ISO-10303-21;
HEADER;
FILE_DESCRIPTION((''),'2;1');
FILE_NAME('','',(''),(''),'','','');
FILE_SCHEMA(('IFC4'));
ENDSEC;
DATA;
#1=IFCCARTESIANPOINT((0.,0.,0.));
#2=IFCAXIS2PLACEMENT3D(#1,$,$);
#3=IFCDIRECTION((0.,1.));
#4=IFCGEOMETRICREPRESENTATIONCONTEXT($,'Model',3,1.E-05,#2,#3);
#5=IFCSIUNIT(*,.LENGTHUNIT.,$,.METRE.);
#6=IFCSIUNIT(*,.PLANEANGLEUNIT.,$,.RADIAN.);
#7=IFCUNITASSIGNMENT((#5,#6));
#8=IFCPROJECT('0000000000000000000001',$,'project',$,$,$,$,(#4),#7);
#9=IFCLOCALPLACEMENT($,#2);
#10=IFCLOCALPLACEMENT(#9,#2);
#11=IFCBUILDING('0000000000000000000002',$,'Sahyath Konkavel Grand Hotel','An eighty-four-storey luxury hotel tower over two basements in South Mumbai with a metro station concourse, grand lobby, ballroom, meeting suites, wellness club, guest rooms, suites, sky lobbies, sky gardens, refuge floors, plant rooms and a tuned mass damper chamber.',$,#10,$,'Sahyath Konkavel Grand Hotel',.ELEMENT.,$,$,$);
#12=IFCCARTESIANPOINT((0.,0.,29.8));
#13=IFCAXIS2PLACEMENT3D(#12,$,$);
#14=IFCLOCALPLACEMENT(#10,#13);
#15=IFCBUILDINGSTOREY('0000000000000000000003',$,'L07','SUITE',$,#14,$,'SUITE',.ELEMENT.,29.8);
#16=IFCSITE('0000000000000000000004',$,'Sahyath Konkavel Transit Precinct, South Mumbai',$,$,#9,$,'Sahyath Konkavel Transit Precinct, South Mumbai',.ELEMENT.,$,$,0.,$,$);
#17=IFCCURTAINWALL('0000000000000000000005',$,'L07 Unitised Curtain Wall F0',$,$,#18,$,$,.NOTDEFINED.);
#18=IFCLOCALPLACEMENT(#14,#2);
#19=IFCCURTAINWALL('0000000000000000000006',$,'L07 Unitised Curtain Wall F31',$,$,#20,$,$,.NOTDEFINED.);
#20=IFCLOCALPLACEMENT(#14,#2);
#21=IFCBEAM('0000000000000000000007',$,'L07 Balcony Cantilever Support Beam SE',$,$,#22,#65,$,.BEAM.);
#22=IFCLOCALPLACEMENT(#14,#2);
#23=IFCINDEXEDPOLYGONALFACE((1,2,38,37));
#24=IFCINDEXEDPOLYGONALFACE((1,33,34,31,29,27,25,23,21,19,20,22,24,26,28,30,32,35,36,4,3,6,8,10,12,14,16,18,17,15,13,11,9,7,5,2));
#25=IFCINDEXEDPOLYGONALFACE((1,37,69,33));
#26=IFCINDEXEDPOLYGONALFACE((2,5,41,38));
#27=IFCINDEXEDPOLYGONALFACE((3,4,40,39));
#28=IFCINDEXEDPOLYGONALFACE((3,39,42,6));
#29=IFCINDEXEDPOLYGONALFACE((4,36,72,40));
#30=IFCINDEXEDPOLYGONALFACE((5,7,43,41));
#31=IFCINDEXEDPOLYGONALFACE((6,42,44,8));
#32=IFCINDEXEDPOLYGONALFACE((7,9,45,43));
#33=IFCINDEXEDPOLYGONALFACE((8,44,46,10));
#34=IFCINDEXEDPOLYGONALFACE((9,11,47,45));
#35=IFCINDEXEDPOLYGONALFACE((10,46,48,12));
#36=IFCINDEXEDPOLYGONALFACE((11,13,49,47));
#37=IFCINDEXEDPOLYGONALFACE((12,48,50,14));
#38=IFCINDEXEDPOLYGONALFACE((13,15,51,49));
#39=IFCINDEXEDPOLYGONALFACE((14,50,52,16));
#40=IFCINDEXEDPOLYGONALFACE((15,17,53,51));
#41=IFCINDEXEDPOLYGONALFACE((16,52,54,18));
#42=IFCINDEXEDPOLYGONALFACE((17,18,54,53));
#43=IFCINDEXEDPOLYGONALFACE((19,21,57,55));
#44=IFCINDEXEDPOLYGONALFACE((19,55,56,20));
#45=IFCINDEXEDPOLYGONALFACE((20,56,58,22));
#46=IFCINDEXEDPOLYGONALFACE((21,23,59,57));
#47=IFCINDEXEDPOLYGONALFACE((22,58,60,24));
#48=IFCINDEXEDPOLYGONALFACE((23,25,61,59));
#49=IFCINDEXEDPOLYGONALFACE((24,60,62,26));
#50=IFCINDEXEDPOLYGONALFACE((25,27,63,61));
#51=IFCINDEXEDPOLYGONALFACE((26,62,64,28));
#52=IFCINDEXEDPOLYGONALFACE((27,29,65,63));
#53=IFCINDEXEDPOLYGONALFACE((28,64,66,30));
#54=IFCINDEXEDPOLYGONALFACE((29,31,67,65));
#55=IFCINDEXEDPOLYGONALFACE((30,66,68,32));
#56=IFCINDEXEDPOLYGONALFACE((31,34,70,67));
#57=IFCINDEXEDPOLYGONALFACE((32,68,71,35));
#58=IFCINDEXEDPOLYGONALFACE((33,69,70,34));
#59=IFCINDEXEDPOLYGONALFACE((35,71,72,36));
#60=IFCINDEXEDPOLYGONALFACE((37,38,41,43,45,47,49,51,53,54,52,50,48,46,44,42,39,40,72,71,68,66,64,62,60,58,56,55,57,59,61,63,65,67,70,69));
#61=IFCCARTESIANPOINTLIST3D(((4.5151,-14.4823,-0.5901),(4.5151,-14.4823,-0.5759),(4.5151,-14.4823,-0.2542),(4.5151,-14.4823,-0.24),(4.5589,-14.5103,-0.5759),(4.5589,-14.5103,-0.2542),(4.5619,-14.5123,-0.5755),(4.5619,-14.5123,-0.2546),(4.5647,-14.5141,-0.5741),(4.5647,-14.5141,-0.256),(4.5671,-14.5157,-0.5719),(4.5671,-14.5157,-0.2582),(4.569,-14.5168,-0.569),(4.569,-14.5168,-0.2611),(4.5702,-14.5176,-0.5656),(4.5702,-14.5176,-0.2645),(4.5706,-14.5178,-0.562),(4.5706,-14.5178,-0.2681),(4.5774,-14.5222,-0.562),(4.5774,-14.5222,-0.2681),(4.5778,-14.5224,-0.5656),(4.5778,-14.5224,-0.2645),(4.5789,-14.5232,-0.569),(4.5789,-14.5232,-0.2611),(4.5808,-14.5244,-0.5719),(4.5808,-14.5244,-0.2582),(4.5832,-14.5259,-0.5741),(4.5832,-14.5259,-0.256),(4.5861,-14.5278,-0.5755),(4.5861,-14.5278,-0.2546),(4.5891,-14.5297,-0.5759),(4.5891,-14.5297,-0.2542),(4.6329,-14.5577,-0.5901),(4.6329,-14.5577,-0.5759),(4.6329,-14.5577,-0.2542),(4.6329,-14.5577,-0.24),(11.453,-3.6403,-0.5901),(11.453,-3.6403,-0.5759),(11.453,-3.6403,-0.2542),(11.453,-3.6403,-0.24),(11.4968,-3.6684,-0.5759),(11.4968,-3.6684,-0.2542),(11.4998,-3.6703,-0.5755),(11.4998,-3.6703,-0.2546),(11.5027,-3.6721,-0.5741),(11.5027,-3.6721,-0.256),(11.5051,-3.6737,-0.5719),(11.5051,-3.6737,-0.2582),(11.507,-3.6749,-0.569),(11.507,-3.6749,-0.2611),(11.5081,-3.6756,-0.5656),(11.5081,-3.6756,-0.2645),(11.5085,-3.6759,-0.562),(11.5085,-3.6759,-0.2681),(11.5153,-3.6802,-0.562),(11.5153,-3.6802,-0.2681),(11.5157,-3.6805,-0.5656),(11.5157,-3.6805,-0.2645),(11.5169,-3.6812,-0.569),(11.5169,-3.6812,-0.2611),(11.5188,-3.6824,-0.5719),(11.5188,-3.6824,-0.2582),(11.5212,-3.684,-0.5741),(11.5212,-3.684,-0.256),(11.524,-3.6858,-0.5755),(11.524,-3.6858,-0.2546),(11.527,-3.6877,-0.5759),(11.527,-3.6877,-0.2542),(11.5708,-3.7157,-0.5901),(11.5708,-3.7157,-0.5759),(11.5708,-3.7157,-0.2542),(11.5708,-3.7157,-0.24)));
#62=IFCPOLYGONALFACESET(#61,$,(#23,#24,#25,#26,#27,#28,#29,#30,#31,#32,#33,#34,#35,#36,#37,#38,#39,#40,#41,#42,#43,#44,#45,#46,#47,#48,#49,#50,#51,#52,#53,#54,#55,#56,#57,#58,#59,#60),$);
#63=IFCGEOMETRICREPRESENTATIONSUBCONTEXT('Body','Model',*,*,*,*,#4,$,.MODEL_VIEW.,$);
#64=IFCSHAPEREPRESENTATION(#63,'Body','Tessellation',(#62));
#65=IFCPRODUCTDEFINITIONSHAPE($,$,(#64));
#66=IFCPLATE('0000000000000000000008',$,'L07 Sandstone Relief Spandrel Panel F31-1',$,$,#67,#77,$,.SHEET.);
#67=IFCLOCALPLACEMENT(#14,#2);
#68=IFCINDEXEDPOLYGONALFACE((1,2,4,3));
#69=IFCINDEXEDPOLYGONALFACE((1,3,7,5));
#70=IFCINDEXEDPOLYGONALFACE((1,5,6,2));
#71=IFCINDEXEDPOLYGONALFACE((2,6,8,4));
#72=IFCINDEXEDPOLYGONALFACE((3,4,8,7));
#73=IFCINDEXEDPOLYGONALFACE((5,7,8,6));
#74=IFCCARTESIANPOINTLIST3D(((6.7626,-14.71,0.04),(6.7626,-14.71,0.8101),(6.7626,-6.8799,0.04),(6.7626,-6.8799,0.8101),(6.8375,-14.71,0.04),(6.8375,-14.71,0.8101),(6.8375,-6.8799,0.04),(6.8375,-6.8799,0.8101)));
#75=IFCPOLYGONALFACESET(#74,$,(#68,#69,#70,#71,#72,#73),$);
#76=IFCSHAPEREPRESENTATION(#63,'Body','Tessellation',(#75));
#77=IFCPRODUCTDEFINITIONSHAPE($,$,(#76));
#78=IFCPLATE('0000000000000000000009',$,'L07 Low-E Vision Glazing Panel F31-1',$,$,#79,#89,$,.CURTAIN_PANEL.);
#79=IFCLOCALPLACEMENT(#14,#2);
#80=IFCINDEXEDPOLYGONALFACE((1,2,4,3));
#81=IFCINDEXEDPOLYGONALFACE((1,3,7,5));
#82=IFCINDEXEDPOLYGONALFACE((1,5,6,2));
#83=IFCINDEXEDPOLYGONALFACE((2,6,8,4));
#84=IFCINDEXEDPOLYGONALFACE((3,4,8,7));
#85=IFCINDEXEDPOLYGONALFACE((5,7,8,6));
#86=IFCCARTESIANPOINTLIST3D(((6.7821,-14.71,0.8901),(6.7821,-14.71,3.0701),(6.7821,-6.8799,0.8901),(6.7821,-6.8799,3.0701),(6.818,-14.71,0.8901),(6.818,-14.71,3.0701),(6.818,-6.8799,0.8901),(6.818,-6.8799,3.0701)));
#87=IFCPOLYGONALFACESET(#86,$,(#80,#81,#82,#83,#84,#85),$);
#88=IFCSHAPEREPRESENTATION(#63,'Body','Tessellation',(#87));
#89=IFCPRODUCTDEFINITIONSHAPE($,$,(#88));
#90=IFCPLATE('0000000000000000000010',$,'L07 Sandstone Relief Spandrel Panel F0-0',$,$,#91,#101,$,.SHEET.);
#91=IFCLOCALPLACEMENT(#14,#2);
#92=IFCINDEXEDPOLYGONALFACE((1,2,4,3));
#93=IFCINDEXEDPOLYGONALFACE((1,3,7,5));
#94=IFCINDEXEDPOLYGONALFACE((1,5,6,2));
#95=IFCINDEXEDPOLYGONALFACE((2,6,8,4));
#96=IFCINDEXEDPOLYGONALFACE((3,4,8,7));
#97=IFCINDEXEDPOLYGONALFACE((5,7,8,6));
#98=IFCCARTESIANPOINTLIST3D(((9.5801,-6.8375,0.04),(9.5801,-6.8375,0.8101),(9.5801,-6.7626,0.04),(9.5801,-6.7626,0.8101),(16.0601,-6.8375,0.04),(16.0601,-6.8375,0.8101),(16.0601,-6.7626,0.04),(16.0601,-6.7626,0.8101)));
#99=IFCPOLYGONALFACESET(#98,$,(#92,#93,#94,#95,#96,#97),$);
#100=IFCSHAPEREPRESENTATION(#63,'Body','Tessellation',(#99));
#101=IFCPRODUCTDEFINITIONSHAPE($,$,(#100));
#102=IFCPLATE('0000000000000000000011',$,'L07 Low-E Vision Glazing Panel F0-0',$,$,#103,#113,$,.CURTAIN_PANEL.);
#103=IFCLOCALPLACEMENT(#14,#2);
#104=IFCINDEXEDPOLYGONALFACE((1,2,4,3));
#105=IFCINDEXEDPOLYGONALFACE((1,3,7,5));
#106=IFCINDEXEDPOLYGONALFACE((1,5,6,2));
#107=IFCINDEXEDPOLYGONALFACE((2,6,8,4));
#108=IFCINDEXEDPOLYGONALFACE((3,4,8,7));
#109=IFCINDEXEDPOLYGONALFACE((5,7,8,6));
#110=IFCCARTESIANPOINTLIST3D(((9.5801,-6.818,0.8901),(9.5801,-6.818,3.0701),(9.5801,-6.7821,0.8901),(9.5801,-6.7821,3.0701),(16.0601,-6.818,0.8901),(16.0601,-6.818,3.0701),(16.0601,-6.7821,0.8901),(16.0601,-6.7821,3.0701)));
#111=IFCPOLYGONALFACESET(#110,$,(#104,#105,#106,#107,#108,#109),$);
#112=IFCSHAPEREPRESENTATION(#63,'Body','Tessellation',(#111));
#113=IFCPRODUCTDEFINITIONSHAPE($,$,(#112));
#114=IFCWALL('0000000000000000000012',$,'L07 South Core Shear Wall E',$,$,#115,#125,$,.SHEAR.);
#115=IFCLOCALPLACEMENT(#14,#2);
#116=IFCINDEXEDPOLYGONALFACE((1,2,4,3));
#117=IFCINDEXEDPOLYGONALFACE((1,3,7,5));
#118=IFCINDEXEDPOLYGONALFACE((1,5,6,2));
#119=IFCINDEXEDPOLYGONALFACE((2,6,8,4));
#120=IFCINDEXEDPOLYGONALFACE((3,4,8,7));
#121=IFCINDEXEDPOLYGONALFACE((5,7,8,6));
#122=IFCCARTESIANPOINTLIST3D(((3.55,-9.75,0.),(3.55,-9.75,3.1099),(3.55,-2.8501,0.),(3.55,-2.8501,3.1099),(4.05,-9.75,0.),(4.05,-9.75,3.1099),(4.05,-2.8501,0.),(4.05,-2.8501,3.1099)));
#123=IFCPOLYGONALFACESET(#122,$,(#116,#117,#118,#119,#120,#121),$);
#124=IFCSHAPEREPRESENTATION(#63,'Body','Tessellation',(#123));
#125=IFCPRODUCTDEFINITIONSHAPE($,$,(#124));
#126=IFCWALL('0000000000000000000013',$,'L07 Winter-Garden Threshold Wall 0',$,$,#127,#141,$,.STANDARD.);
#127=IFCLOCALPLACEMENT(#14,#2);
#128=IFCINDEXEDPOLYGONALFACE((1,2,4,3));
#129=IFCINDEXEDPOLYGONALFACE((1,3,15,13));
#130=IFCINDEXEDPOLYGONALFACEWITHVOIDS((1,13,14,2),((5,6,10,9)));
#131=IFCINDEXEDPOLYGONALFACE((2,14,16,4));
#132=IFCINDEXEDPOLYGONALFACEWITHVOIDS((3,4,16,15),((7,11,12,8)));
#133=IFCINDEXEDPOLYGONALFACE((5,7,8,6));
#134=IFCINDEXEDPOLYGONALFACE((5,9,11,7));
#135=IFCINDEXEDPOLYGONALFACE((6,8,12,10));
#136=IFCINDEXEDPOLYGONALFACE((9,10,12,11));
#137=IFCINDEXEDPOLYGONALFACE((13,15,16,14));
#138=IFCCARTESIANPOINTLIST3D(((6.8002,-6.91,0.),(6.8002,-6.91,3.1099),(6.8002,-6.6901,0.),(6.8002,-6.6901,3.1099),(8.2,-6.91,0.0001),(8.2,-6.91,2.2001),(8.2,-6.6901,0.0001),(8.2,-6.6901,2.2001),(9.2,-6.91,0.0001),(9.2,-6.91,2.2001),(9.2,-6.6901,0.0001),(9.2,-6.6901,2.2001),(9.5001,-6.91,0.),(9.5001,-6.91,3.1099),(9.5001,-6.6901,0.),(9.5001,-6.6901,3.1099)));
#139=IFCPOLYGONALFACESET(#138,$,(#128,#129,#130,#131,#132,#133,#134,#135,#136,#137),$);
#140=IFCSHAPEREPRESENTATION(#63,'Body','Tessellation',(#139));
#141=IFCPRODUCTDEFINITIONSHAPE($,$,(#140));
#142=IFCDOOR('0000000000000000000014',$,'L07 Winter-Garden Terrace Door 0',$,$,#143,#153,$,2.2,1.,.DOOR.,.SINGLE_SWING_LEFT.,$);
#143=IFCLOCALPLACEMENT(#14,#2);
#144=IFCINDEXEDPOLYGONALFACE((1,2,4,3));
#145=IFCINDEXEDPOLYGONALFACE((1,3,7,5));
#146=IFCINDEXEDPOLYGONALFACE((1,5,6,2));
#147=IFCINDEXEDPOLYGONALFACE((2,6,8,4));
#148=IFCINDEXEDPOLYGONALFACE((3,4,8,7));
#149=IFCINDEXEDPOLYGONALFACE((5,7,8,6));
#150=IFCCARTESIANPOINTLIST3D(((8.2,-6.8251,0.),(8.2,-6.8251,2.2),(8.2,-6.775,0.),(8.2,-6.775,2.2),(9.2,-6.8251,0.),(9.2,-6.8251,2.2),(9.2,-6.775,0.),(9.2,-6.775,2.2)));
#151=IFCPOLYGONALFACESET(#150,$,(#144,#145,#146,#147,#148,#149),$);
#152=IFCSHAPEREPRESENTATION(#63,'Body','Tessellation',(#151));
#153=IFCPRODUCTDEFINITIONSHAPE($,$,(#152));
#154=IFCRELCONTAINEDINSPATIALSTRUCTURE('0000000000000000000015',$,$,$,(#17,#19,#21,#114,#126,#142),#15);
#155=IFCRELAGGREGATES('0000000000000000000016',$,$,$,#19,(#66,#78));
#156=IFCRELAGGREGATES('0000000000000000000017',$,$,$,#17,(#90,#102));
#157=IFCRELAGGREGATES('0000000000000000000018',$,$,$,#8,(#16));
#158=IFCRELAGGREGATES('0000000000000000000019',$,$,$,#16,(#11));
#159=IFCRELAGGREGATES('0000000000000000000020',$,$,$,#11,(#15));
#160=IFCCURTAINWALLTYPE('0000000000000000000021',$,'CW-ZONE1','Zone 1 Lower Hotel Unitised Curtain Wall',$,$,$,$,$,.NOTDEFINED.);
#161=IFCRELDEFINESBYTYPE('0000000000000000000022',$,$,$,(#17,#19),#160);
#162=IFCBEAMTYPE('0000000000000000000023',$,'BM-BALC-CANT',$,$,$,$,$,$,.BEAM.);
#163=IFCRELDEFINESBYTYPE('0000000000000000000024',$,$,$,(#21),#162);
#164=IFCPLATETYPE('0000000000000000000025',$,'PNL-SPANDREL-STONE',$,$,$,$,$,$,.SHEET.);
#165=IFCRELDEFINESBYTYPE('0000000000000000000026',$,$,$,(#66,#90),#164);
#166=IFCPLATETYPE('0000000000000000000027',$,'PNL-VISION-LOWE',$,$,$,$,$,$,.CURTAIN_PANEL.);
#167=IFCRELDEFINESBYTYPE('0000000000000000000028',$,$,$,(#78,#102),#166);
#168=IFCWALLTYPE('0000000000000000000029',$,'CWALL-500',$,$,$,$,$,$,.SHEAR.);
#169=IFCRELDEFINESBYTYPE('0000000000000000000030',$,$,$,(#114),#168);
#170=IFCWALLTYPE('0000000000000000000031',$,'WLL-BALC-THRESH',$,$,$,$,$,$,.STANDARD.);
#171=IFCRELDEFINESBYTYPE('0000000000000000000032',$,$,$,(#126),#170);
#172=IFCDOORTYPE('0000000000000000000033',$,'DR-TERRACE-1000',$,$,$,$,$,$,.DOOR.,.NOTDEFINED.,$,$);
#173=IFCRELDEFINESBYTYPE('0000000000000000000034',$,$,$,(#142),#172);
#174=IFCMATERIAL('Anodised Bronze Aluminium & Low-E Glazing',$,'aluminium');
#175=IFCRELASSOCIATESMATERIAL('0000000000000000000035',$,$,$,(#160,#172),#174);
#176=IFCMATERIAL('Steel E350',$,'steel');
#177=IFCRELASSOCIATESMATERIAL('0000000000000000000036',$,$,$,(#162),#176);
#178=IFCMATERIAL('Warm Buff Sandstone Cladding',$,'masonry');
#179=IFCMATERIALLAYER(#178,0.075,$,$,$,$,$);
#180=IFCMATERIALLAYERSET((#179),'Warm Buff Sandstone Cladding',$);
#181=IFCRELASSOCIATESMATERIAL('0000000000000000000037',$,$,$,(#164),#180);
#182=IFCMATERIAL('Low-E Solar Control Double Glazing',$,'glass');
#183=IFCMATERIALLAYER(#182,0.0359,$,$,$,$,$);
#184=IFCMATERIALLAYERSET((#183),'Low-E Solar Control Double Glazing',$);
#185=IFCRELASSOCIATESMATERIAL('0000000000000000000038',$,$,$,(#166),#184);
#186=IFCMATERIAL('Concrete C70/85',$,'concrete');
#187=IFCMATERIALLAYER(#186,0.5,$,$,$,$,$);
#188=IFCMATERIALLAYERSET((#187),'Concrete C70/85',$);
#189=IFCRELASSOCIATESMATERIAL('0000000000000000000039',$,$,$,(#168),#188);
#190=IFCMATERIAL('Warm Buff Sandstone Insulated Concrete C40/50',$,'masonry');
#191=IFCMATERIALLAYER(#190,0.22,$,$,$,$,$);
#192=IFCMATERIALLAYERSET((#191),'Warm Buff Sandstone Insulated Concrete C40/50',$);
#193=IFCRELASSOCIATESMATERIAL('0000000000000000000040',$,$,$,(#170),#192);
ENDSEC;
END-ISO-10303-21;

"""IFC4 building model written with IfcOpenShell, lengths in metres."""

from ifc_helpers import new_model, si_unit, direction, frame, frame_2d, origin, origin_2d, place, context, subcontext, project, spatial, rectangle, i_section, extrude, source, transform, mapped, material, layer, layer_set, material_profile, profile_set, type_object, element, fill, aggregate, save


model = new_model("IFC4")

# Units and contexts
model_context = context("Model", 3, precision=1e-05, world=origin(), true_north=direction((0.0, 1.0)))
body_context = subcontext(model_context, "Body", "Model", "MODEL_VIEW")
ifc_project = project(units=[si_unit("LENGTHUNIT", "METRE"), si_unit("PLANEANGLEUNIT", "RADIAN")], contexts=[model_context])

# Site, building, storey
site_placement = place(None, origin())
site = spatial("IfcSite", under=ifc_project, at=site_placement, Name="Sahyath Konkavel Transit Precinct, South Mumbai", LongName="Sahyath Konkavel Transit Precinct, South Mumbai", CompositionType="ELEMENT", RefElevation=0.0)
building_placement = place(site_placement, origin())
building = spatial("IfcBuilding", under=site, at=building_placement, Name="Sahyath Konkavel Grand Hotel", Description="An eighty-four-storey luxury hotel tower over two basements in South Mumbai with a metro station concourse, grand lobby, ballroom, meeting suites, wellness club, guest rooms, suites, sky lobbies, sky gardens, refuge floors, plant rooms and a tuned mass damper chamber.", LongName="Sahyath Konkavel Grand Hotel", CompositionType="ELEMENT")
storey_placement = place(building_placement, frame((0.0, 0.0, 29.8)))
storey = spatial("IfcBuildingStorey", under=building, at=storey_placement, Name="L07", Description="SUITE", LongName="SUITE", CompositionType="ELEMENT", Elevation=29.8)

# Shared definitions
ifc_material_1 = material(Name="Concrete C70/85", Category="concrete")

# Shared definitions
ifc_material_2 = material(Name="Steel E350", Category="steel")

# Curtain wall
ifc_material_3 = material(Name="Anodised Bronze Aluminium & Low-E Glazing", Category="aluminium")
curtain_wall_type = type_object("IfcCurtainWallType", Name="CW-ZONE1", Description="Zone 1 Lower Hotel Unitised Curtain Wall", PredefinedType="NOTDEFINED", material=ifc_material_3)
curtain_wall_1_placement = place(storey_placement, origin())
curtain_wall_1 = element("IfcCurtainWall", 1, at=curtain_wall_1_placement, inside=storey, type_object=curtain_wall_type, Name="L07 Unitised Curtain Wall F0", PredefinedType="NOTDEFINED")

# Curtain wall
curtain_wall_2_placement = place(storey_placement, origin())
curtain_wall_2 = element("IfcCurtainWall", 2, at=curtain_wall_2_placement, inside=storey, type_object=curtain_wall_type, Name="L07 Unitised Curtain Wall F31", PredefinedType="NOTDEFINED")

# Beam
ifc_material_profile_1 = material_profile(ifc_material_2, i_section(OverallWidth=0.1399, OverallDepth=0.3501, WebThickness=0.0081, FlangeThickness=0.0142, FilletRadius=0.0139, at=origin_2d()), Name="ISMB 350")
ifc_profile_set_1 = profile_set([ifc_material_profile_1], Name="Steel E350")
beam_type_1 = type_object("IfcBeamType", Name="BM-BALC-CANT", PredefinedType="BEAM", material=ifc_profile_set_1)
shared_shape_1 = source(origin(), body_context, "Body", "SweptSolid", [
    extrude(i_section(OverallWidth=0.1399, OverallDepth=0.3501, WebThickness=0.0081, FlangeThickness=0.0142, FilletRadius=0.0139, at=origin_2d()), origin(), (0.0, 0.0, 1.0), 12.8718),
])
beam_1_placement = place(storey_placement, frame((4.574, -14.52, -0.415), z_axis=(0.539003, 0.842304, 0.0), x_axis=(-0.842304, 0.539003, 0.0)))
element("IfcBeam", 3, at=beam_1_placement, inside=storey, type_object=beam_type_1, Name="L07 Balcony Cantilever Support Beam SE", PredefinedType="BEAM", context=body_context, shape_type="MappedRepresentation", body=[
    mapped(shared_shape_1, transform((0.0, 0.0, 0.0), scale=1.0)),
])

# Plates
ifc_material_4 = material(Name="Warm Buff Sandstone Cladding", Category="masonry")
ifc_layer_1 = layer(ifc_material_4, 0.075)
ifc_layer_set_1 = layer_set([ifc_layer_1], Name="Warm Buff Sandstone Cladding")
plate_type_1 = type_object("IfcPlateType", Name="PNL-SPANDREL-STONE", PredefinedType="SHEET", material=ifc_layer_set_1)
shared_shape_2 = source(origin(), body_context, "Body", "SweptSolid", [
    extrude(rectangle(XDim=7.8301, YDim=0.075, at=origin_2d()), origin(), (0.0, 0.0, 1.0), 0.77),
])
plate_1_placement = place(storey_placement, frame((6.8, -10.7949, 0.04), z_axis=(0.0, 0.0, 1.0), x_axis=(0.0, 1.0, 0.0)))
plate_1 = element("IfcPlate", 4, at=plate_1_placement, type_object=plate_type_1, Name="L07 Sandstone Relief Spandrel Panel F31-1", PredefinedType="SHEET", context=body_context, shape_type="MappedRepresentation", body=[
    mapped(shared_shape_2, transform((0.0, 0.0, 0.0), scale=1.0)),
])
ifc_material_5 = material(Name="Low-E Solar Control Double Glazing", Category="glass")
ifc_layer_2 = layer(ifc_material_5, 0.0359)
ifc_layer_set_2 = layer_set([ifc_layer_2], Name="Low-E Solar Control Double Glazing")
plate_type_2 = type_object("IfcPlateType", Name="PNL-VISION-LOWE", PredefinedType="CURTAIN_PANEL", material=ifc_layer_set_2)
shared_shape_3 = source(origin(), body_context, "Body", "SweptSolid", [
    extrude(rectangle(XDim=7.8301, YDim=0.0359, at=origin_2d()), origin(), (0.0, 0.0, 1.0), 2.1799),
])
plate_2_placement = place(storey_placement, frame((6.8, -10.7949, 0.8901), z_axis=(0.0, 0.0, 1.0), x_axis=(0.0, 1.0, 0.0)))
plate_2 = element("IfcPlate", 5, at=plate_2_placement, type_object=plate_type_2, Name="L07 Low-E Vision Glazing Panel F31-1", PredefinedType="CURTAIN_PANEL", context=body_context, shape_type="MappedRepresentation", body=[
    mapped(shared_shape_3, transform((0.0, 0.0, 0.0), scale=1.0)),
])
aggregate(curtain_wall_2, [plate_1, plate_2])
shared_shape_4 = source(origin(), body_context, "Body", "SweptSolid", [
    extrude(rectangle(XDim=6.48, YDim=0.075, at=origin_2d()), origin(), (0.0, 0.0, 1.0), 0.77),
])
plate_3_placement = place(storey_placement, frame((12.8201, -6.8, 0.04), z_axis=(0.0, 0.0, 1.0), x_axis=(1.0, 0.0, 0.0)))
plate_3 = element("IfcPlate", 6, at=plate_3_placement, type_object=plate_type_1, Name="L07 Sandstone Relief Spandrel Panel F0-0", PredefinedType="SHEET", context=body_context, shape_type="MappedRepresentation", body=[
    mapped(shared_shape_4, transform((0.0, 0.0, 0.0), scale=1.0)),
])
shared_shape_5 = source(origin(), body_context, "Body", "SweptSolid", [
    extrude(rectangle(XDim=6.48, YDim=0.0359, at=origin_2d()), origin(), (0.0, 0.0, 1.0), 2.1799),
])
plate_4_placement = place(storey_placement, frame((12.8201, -6.8, 0.8901), z_axis=(0.0, 0.0, 1.0), x_axis=(1.0, 0.0, 0.0)))
plate_4 = element("IfcPlate", 7, at=plate_4_placement, type_object=plate_type_2, Name="L07 Low-E Vision Glazing Panel F0-0", PredefinedType="CURTAIN_PANEL", context=body_context, shape_type="MappedRepresentation", body=[
    mapped(shared_shape_5, transform((0.0, 0.0, 0.0), scale=1.0)),
])
aggregate(curtain_wall_1, [plate_3, plate_4])

# Wall
ifc_layer_3 = layer(ifc_material_1, 0.5)
ifc_layer_set_3 = layer_set([ifc_layer_3], Name="Concrete C70/85")
wall_type_1 = type_object("IfcWallType", Name="CWALL-500", PredefinedType="SHEAR", material=ifc_layer_set_3)
wall_1_placement = place(storey_placement, frame((3.8, -9.75, 0.0), z_axis=(0.0, 0.0, 1.0), x_axis=(0.0, 1.0, 0.0)))
element("IfcWall", 8, at=wall_1_placement, inside=storey, type_object=wall_type_1, Name="L07 South Core Shear Wall E", PredefinedType="SHEAR", context=body_context, shape_type="SweptSolid", body=[
    extrude(rectangle(XDim=6.8999, YDim=0.5, at=frame_2d((3.45, 0.0))), origin(), (0.0, 0.0, 1.0), 3.1099),
])

# Wall, opening, door
ifc_material_6 = material(Name="Warm Buff Sandstone Insulated Concrete C40/50", Category="masonry")
ifc_layer_4 = layer(ifc_material_6, 0.22)
ifc_layer_set_4 = layer_set([ifc_layer_4], Name="Warm Buff Sandstone Insulated Concrete C40/50")
wall_type_2 = type_object("IfcWallType", Name="WLL-BALC-THRESH", PredefinedType="STANDARD", material=ifc_layer_set_4)
wall_2_placement = place(storey_placement, frame((6.8, -6.8, 0.0), z_axis=(0.0, 0.0, 1.0), x_axis=(1.0, 0.0, 0.0)))
wall_2 = element("IfcWall", 9, at=wall_2_placement, inside=storey, type_object=wall_type_2, Name="L07 Winter-Garden Threshold Wall 0", PredefinedType="STANDARD", context=body_context, shape_type="SweptSolid", body=[
    extrude(rectangle(XDim=2.7, YDim=0.22, at=frame_2d((1.3501, 0.0))), origin(), (0.0, 0.0, 1.0), 3.1099),
])
opening_1_placement = place(wall_2_placement, frame((1.3999, 0.0, 0.0)))
opening_1 = element("IfcOpeningElement", 10, at=opening_1_placement, cuts=wall_2, PredefinedType="OPENING", context=body_context, shape_type="SweptSolid", body=[
    extrude(rectangle(XDim=1.0, YDim=2.2, at=frame_2d((0.5, 1.1001))), frame((0.0, 0.1201, 0.0), z_axis=(0.0, -1.0, 0.0), x_axis=(1.0, 0.0, 0.0)), (0.0, 0.0, 1.0), 0.24),
])
door_type_1 = type_object("IfcDoorType", Name="DR-TERRACE-1000", OperationType="NOTDEFINED", PredefinedType="DOOR", material=ifc_material_3)
shared_shape_6 = source(origin(), body_context, "Body", "SweptSolid", [
    extrude(rectangle(XDim=1.0, YDim=0.05, at=origin_2d()), origin(), (0.0, 0.0, 1.0), 2.2),
])
door_1_placement = place(opening_1_placement, frame((0.5, 0.0, 0.0)))
door_1 = element("IfcDoor", 11, at=door_1_placement, inside=storey, type_object=door_type_1, Name="L07 Winter-Garden Terrace Door 0", OperationType="SINGLE_SWING_LEFT", OverallHeight=2.2, OverallWidth=1.0, PredefinedType="DOOR", context=body_context, shape_type="MappedRepresentation", body=[
    mapped(shared_shape_6, transform((0.0, 0.0, 0.0), scale=1.0)),
])
fill(opening_1, door_1)

save(model, "model.ifc")
